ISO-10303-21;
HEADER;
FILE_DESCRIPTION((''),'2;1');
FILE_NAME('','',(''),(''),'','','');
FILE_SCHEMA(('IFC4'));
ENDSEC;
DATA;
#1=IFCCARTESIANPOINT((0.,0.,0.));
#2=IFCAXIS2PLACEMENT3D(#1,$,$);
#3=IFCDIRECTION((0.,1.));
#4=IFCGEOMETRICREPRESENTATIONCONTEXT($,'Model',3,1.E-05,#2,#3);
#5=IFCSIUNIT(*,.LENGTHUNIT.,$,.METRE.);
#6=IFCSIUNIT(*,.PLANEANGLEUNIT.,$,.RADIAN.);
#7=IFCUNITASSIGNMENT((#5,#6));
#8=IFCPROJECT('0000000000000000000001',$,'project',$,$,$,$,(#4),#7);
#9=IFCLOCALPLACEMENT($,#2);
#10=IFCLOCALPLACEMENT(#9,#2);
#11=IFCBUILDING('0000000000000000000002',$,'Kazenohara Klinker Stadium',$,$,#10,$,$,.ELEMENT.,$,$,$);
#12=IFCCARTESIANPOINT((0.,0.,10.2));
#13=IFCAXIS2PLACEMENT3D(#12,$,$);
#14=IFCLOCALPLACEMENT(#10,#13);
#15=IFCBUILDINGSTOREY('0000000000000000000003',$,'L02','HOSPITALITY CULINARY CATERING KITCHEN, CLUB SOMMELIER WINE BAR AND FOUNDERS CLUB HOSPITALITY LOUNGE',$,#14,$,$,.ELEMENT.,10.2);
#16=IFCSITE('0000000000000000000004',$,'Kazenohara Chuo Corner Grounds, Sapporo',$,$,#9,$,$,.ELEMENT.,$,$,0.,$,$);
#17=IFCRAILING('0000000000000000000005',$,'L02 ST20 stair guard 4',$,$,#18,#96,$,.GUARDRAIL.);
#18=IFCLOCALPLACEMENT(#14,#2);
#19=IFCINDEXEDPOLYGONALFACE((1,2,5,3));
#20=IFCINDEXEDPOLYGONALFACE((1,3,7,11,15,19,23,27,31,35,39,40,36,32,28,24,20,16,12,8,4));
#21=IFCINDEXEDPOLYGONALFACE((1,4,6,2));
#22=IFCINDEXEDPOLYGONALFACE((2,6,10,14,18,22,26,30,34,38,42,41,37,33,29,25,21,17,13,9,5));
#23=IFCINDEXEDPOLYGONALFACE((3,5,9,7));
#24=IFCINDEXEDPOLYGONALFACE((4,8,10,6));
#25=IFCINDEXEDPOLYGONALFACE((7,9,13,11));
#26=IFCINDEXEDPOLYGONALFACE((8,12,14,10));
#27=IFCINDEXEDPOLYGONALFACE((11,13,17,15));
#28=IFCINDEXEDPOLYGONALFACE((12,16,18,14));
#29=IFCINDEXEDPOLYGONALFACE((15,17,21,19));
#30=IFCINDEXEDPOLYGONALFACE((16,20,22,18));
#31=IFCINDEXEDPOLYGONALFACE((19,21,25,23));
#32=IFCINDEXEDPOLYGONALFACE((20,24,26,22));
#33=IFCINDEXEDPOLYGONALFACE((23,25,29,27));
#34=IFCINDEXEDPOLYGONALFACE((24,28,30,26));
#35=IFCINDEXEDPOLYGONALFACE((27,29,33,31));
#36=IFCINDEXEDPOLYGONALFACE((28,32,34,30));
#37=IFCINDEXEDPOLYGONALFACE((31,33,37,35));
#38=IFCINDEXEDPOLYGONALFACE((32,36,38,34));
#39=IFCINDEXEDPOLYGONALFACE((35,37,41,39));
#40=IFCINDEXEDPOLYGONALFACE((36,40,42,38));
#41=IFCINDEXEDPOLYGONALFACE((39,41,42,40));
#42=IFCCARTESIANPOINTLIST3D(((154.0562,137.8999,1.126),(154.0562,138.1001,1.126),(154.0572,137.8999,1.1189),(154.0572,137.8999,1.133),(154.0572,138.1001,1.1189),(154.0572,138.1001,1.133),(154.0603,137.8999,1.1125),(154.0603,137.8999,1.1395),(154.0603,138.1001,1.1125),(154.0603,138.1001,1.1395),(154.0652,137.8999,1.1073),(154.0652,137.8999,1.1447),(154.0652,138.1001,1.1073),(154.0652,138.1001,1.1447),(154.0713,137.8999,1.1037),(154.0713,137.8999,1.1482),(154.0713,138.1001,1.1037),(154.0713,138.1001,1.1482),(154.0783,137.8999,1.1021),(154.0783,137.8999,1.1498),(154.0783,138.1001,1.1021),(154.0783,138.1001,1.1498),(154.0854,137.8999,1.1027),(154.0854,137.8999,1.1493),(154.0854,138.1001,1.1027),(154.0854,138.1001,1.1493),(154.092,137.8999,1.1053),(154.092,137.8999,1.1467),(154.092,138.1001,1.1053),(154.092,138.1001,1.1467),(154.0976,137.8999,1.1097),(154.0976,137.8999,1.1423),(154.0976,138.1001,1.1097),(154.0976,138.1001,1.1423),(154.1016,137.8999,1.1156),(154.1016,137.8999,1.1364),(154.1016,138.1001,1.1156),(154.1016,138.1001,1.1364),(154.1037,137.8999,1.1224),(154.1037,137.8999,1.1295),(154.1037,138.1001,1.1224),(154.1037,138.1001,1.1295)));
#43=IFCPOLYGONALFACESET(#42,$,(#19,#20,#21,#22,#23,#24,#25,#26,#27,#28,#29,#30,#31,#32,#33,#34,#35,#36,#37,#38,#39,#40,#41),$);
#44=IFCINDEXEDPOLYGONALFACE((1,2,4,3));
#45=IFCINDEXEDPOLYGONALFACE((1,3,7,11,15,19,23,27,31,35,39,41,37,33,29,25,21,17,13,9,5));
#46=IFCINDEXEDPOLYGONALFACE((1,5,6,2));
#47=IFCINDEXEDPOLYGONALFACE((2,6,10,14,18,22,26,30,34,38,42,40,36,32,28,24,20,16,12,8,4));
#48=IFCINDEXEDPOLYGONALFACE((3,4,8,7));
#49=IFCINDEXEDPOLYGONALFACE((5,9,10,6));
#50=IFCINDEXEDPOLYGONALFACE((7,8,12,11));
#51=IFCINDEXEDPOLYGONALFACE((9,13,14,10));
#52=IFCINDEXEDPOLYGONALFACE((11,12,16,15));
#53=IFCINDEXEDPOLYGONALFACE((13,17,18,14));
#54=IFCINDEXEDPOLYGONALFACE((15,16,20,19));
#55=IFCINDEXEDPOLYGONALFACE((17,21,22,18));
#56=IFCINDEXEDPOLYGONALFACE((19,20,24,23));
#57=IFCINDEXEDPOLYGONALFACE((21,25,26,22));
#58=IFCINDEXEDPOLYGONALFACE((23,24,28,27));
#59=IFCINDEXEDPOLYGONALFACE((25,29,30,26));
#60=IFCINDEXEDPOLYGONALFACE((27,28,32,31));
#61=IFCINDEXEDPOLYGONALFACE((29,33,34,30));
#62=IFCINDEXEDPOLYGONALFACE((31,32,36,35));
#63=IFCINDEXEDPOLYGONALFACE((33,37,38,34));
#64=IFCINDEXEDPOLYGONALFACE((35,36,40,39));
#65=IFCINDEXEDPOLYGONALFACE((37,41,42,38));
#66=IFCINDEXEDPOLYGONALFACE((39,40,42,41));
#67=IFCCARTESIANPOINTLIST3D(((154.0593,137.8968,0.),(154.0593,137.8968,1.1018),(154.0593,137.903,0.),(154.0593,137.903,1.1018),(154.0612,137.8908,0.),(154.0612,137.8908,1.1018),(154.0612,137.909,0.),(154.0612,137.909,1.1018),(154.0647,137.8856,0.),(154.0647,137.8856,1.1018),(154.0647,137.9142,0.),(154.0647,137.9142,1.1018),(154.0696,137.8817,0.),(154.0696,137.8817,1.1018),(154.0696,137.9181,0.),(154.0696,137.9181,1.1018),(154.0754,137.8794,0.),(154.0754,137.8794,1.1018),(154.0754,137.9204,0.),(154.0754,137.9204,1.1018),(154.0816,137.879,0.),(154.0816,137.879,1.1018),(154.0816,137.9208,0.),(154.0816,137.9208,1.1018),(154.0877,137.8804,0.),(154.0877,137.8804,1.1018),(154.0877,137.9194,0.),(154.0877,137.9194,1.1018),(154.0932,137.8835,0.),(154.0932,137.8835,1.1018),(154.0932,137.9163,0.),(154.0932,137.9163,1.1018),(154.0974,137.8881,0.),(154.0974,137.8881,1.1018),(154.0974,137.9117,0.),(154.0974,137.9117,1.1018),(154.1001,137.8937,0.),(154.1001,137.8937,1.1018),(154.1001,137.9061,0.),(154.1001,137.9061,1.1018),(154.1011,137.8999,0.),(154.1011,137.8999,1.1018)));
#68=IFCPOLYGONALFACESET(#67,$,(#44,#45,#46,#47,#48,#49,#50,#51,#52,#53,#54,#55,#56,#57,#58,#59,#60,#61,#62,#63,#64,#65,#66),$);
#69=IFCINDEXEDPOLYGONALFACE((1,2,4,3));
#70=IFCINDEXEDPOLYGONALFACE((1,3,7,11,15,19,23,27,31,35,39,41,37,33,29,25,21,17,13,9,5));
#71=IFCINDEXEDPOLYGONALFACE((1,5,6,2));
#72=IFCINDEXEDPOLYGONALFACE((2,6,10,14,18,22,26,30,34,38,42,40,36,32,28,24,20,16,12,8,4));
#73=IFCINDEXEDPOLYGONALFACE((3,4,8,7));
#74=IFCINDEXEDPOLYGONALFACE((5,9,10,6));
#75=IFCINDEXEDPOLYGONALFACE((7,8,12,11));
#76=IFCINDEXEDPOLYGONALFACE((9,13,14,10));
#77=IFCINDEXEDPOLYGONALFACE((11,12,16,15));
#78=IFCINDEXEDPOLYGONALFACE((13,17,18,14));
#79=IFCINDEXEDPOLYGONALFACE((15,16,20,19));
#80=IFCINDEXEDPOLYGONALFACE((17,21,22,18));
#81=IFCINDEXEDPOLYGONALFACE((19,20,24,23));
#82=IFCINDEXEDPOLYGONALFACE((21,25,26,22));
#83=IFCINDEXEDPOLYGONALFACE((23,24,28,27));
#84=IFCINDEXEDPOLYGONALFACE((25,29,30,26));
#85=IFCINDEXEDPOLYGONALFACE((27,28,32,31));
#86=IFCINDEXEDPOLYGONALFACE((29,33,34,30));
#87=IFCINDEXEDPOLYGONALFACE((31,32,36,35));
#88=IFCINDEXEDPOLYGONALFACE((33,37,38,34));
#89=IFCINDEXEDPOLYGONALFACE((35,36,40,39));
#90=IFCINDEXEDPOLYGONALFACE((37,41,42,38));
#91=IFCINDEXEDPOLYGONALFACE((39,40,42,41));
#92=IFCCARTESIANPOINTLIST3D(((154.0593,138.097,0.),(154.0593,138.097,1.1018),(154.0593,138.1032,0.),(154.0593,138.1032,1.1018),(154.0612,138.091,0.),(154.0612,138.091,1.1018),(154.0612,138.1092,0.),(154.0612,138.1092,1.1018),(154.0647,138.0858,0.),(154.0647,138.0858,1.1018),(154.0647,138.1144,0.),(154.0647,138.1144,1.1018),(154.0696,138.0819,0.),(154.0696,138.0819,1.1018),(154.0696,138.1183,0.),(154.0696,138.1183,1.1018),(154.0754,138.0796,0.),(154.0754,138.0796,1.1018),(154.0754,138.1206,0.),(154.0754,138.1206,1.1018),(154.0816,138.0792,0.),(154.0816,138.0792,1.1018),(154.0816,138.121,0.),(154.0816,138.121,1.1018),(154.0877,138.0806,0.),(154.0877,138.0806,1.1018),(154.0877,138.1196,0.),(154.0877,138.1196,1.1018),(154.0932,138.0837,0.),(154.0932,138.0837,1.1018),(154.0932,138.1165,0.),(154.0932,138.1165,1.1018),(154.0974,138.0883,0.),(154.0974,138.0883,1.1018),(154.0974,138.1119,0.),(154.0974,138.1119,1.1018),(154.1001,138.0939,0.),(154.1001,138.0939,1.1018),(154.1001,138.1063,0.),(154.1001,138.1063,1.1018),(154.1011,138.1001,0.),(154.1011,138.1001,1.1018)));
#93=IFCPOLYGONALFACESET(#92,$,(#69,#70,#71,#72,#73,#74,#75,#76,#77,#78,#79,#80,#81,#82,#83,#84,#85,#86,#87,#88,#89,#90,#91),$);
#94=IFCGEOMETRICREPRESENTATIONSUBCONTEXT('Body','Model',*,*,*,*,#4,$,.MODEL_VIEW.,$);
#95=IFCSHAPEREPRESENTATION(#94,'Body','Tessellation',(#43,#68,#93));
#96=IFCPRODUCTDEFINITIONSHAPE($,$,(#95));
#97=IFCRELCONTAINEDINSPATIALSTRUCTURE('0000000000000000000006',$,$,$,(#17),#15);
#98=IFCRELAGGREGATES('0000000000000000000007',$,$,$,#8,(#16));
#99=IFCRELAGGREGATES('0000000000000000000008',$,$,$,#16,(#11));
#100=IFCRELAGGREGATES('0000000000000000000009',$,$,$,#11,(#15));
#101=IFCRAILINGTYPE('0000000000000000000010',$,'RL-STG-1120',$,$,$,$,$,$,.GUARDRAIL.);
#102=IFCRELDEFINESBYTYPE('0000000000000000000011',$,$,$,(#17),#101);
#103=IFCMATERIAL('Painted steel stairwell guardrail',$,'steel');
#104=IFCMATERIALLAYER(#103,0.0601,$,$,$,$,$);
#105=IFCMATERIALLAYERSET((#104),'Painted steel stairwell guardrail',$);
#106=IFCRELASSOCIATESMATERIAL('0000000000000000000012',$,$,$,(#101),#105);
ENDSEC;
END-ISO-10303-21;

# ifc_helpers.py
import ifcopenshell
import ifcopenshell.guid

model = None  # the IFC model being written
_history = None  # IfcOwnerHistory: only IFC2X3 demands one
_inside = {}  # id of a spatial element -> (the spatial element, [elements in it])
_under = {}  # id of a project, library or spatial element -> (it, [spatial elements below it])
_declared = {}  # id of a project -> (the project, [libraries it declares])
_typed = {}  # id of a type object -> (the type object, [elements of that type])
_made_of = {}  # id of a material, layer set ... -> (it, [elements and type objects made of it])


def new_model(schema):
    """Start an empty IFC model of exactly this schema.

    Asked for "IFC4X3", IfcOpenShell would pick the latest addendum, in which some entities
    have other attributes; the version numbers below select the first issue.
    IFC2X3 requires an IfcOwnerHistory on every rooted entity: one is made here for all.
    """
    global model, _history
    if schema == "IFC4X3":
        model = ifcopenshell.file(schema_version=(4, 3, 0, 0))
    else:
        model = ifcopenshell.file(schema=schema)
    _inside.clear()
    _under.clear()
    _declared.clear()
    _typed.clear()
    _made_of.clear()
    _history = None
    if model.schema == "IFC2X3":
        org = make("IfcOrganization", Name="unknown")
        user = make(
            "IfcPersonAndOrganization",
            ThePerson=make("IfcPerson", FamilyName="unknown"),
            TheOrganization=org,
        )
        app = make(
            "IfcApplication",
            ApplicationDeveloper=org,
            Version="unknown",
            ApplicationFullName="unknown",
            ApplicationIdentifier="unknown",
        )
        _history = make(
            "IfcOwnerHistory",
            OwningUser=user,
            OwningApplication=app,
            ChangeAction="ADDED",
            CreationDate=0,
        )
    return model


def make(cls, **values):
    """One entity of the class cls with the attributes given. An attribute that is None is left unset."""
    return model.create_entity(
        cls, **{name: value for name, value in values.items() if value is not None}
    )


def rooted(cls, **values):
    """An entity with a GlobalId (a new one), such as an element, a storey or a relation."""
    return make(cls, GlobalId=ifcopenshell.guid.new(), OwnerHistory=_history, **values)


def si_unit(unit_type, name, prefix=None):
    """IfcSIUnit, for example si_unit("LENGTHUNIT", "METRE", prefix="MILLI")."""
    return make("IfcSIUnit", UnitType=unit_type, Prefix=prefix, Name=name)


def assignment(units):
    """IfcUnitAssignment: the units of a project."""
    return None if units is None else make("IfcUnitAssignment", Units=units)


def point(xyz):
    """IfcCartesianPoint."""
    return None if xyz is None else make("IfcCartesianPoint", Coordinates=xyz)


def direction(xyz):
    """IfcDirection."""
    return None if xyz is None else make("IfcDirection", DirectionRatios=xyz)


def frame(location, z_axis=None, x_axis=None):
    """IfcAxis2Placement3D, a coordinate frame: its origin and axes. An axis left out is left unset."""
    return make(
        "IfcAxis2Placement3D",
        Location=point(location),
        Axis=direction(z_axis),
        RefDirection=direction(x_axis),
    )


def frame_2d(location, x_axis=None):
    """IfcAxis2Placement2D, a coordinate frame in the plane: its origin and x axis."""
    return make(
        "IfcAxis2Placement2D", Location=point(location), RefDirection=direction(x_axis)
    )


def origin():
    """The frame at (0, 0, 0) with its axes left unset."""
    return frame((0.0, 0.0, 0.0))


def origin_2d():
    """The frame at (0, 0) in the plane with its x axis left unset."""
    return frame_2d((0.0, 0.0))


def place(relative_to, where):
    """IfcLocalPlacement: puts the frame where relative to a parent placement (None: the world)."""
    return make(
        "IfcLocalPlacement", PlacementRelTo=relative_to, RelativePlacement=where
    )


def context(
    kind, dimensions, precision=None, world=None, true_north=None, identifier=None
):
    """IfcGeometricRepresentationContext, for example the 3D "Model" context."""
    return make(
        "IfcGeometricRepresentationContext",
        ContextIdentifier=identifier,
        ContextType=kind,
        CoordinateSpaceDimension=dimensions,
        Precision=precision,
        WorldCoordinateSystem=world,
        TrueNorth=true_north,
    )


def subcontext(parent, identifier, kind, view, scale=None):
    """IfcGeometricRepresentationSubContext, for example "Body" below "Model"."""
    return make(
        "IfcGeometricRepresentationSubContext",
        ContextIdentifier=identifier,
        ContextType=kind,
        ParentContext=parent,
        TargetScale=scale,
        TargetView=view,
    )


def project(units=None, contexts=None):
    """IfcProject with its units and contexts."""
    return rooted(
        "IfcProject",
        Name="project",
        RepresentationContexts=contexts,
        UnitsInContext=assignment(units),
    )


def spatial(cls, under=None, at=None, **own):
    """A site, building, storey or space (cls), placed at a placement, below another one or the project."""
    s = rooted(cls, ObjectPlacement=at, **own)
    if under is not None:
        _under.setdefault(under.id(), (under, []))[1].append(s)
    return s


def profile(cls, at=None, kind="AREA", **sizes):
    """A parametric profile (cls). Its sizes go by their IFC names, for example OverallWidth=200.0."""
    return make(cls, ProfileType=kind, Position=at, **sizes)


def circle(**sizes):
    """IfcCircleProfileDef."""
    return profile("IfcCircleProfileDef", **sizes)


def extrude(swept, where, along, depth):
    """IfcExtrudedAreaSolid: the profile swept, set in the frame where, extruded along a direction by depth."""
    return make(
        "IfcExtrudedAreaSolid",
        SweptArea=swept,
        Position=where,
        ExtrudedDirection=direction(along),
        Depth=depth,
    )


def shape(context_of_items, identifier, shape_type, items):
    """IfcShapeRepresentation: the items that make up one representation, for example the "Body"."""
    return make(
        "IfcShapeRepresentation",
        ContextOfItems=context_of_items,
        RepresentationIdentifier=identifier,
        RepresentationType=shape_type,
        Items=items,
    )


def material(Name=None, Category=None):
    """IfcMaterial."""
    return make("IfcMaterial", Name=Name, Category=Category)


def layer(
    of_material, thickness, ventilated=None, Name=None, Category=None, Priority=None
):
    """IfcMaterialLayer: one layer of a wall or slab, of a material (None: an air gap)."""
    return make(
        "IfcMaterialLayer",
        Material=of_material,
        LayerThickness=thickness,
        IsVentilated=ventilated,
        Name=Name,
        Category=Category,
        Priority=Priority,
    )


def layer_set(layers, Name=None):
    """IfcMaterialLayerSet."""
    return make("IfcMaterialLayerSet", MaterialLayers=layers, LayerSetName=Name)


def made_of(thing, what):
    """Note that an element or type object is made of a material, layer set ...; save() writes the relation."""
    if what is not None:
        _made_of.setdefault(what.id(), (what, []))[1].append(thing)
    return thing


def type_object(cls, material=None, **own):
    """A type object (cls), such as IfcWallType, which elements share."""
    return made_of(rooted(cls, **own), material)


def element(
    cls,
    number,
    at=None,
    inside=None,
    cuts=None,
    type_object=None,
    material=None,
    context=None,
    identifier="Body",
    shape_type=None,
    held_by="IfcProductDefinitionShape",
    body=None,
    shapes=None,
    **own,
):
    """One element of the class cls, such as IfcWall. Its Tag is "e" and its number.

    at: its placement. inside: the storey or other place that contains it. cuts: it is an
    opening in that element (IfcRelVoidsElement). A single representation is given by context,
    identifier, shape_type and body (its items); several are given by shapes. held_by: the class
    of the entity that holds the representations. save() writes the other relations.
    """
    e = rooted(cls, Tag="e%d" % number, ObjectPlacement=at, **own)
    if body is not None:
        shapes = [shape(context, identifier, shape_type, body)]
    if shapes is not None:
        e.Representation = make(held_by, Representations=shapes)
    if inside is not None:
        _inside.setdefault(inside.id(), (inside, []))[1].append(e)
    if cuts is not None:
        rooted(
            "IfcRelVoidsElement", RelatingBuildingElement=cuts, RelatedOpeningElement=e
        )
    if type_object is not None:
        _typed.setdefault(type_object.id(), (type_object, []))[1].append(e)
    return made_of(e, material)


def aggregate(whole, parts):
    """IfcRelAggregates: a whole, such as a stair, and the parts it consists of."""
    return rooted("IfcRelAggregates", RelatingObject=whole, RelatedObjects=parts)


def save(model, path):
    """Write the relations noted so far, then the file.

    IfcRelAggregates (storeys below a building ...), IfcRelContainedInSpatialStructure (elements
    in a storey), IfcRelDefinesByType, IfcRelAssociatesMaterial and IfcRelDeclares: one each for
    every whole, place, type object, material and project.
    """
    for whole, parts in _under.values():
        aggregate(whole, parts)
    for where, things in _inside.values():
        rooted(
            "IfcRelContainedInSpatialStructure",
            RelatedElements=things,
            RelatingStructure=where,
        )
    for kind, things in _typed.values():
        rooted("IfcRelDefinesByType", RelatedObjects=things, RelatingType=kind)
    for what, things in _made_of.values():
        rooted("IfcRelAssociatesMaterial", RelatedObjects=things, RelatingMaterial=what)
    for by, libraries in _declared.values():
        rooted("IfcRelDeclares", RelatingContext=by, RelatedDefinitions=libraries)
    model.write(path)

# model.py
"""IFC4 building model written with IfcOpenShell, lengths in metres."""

from ifc_helpers import new_model, si_unit, direction, frame, origin, origin_2d, place, context, subcontext, project, spatial, circle, extrude, material, layer, layer_set, type_object, element, save


model = new_model("IFC4")

# Units and contexts
model_context = context("Model", 3, precision=1e-05, world=origin(), true_north=direction((0.0, 1.0)))
body_context = subcontext(model_context, "Body", "Model", "MODEL_VIEW")
ifc_project = project(units=[si_unit("LENGTHUNIT", "METRE"), si_unit("PLANEANGLEUNIT", "RADIAN")], contexts=[model_context])

# Site, building, storey
site_placement = place(None, origin())
site = spatial("IfcSite", under=ifc_project, at=site_placement, Name="Kazenohara Chuo Corner Grounds, Sapporo", CompositionType="ELEMENT", RefElevation=0.0)
building_placement = place(site_placement, origin())
building = spatial("IfcBuilding", under=site, at=building_placement, Name="Kazenohara Klinker Stadium", CompositionType="ELEMENT")
storey_placement = place(building_placement, frame((0.0, 0.0, 10.2)))
storey = spatial("IfcBuildingStorey", under=building, at=storey_placement, Name="L02", Description="HOSPITALITY CULINARY CATERING KITCHEN, CLUB SOMMELIER WINE BAR AND FOUNDERS CLUB HOSPITALITY LOUNGE", CompositionType="ELEMENT", Elevation=10.2)

# Railing
ifc_material_1 = material(Name="Painted steel stairwell guardrail", Category="steel")
ifc_layer_1 = layer(ifc_material_1, 0.0601)
ifc_layer_set_1 = layer_set([ifc_layer_1], Name="Painted steel stairwell guardrail")
railing_type = type_object("IfcRailingType", Name="RL-STG-1120", PredefinedType="GUARDRAIL", material=ifc_layer_set_1)
railing_placement = place(storey_placement, frame((154.0801, 137.8999, 0.0)))
element("IfcRailing", 1, at=railing_placement, inside=storey, type_object=railing_type, Name="L02 ST20 stair guard 4", PredefinedType="GUARDRAIL", context=body_context, shape_type="SweptSolid", body=[
    extrude(circle(Radius=0.0239, at=origin_2d()), frame((0.0, 0.0, 1.126), z_axis=(0.0, 1.0, 0.0), x_axis=(-1.0, 0.0, 0.0)), (0.0, 0.0, 1.0), 0.2002),
    extrude(circle(Radius=0.021, at=origin_2d()), origin(), (0.0, 0.0, 1.0), 1.1018),
    extrude(circle(Radius=0.021, at=origin_2d()), frame((0.0, 0.2002, 0.0)), (0.0, 0.0, 1.0), 1.1018),
])

save(model, "model.ifc")
